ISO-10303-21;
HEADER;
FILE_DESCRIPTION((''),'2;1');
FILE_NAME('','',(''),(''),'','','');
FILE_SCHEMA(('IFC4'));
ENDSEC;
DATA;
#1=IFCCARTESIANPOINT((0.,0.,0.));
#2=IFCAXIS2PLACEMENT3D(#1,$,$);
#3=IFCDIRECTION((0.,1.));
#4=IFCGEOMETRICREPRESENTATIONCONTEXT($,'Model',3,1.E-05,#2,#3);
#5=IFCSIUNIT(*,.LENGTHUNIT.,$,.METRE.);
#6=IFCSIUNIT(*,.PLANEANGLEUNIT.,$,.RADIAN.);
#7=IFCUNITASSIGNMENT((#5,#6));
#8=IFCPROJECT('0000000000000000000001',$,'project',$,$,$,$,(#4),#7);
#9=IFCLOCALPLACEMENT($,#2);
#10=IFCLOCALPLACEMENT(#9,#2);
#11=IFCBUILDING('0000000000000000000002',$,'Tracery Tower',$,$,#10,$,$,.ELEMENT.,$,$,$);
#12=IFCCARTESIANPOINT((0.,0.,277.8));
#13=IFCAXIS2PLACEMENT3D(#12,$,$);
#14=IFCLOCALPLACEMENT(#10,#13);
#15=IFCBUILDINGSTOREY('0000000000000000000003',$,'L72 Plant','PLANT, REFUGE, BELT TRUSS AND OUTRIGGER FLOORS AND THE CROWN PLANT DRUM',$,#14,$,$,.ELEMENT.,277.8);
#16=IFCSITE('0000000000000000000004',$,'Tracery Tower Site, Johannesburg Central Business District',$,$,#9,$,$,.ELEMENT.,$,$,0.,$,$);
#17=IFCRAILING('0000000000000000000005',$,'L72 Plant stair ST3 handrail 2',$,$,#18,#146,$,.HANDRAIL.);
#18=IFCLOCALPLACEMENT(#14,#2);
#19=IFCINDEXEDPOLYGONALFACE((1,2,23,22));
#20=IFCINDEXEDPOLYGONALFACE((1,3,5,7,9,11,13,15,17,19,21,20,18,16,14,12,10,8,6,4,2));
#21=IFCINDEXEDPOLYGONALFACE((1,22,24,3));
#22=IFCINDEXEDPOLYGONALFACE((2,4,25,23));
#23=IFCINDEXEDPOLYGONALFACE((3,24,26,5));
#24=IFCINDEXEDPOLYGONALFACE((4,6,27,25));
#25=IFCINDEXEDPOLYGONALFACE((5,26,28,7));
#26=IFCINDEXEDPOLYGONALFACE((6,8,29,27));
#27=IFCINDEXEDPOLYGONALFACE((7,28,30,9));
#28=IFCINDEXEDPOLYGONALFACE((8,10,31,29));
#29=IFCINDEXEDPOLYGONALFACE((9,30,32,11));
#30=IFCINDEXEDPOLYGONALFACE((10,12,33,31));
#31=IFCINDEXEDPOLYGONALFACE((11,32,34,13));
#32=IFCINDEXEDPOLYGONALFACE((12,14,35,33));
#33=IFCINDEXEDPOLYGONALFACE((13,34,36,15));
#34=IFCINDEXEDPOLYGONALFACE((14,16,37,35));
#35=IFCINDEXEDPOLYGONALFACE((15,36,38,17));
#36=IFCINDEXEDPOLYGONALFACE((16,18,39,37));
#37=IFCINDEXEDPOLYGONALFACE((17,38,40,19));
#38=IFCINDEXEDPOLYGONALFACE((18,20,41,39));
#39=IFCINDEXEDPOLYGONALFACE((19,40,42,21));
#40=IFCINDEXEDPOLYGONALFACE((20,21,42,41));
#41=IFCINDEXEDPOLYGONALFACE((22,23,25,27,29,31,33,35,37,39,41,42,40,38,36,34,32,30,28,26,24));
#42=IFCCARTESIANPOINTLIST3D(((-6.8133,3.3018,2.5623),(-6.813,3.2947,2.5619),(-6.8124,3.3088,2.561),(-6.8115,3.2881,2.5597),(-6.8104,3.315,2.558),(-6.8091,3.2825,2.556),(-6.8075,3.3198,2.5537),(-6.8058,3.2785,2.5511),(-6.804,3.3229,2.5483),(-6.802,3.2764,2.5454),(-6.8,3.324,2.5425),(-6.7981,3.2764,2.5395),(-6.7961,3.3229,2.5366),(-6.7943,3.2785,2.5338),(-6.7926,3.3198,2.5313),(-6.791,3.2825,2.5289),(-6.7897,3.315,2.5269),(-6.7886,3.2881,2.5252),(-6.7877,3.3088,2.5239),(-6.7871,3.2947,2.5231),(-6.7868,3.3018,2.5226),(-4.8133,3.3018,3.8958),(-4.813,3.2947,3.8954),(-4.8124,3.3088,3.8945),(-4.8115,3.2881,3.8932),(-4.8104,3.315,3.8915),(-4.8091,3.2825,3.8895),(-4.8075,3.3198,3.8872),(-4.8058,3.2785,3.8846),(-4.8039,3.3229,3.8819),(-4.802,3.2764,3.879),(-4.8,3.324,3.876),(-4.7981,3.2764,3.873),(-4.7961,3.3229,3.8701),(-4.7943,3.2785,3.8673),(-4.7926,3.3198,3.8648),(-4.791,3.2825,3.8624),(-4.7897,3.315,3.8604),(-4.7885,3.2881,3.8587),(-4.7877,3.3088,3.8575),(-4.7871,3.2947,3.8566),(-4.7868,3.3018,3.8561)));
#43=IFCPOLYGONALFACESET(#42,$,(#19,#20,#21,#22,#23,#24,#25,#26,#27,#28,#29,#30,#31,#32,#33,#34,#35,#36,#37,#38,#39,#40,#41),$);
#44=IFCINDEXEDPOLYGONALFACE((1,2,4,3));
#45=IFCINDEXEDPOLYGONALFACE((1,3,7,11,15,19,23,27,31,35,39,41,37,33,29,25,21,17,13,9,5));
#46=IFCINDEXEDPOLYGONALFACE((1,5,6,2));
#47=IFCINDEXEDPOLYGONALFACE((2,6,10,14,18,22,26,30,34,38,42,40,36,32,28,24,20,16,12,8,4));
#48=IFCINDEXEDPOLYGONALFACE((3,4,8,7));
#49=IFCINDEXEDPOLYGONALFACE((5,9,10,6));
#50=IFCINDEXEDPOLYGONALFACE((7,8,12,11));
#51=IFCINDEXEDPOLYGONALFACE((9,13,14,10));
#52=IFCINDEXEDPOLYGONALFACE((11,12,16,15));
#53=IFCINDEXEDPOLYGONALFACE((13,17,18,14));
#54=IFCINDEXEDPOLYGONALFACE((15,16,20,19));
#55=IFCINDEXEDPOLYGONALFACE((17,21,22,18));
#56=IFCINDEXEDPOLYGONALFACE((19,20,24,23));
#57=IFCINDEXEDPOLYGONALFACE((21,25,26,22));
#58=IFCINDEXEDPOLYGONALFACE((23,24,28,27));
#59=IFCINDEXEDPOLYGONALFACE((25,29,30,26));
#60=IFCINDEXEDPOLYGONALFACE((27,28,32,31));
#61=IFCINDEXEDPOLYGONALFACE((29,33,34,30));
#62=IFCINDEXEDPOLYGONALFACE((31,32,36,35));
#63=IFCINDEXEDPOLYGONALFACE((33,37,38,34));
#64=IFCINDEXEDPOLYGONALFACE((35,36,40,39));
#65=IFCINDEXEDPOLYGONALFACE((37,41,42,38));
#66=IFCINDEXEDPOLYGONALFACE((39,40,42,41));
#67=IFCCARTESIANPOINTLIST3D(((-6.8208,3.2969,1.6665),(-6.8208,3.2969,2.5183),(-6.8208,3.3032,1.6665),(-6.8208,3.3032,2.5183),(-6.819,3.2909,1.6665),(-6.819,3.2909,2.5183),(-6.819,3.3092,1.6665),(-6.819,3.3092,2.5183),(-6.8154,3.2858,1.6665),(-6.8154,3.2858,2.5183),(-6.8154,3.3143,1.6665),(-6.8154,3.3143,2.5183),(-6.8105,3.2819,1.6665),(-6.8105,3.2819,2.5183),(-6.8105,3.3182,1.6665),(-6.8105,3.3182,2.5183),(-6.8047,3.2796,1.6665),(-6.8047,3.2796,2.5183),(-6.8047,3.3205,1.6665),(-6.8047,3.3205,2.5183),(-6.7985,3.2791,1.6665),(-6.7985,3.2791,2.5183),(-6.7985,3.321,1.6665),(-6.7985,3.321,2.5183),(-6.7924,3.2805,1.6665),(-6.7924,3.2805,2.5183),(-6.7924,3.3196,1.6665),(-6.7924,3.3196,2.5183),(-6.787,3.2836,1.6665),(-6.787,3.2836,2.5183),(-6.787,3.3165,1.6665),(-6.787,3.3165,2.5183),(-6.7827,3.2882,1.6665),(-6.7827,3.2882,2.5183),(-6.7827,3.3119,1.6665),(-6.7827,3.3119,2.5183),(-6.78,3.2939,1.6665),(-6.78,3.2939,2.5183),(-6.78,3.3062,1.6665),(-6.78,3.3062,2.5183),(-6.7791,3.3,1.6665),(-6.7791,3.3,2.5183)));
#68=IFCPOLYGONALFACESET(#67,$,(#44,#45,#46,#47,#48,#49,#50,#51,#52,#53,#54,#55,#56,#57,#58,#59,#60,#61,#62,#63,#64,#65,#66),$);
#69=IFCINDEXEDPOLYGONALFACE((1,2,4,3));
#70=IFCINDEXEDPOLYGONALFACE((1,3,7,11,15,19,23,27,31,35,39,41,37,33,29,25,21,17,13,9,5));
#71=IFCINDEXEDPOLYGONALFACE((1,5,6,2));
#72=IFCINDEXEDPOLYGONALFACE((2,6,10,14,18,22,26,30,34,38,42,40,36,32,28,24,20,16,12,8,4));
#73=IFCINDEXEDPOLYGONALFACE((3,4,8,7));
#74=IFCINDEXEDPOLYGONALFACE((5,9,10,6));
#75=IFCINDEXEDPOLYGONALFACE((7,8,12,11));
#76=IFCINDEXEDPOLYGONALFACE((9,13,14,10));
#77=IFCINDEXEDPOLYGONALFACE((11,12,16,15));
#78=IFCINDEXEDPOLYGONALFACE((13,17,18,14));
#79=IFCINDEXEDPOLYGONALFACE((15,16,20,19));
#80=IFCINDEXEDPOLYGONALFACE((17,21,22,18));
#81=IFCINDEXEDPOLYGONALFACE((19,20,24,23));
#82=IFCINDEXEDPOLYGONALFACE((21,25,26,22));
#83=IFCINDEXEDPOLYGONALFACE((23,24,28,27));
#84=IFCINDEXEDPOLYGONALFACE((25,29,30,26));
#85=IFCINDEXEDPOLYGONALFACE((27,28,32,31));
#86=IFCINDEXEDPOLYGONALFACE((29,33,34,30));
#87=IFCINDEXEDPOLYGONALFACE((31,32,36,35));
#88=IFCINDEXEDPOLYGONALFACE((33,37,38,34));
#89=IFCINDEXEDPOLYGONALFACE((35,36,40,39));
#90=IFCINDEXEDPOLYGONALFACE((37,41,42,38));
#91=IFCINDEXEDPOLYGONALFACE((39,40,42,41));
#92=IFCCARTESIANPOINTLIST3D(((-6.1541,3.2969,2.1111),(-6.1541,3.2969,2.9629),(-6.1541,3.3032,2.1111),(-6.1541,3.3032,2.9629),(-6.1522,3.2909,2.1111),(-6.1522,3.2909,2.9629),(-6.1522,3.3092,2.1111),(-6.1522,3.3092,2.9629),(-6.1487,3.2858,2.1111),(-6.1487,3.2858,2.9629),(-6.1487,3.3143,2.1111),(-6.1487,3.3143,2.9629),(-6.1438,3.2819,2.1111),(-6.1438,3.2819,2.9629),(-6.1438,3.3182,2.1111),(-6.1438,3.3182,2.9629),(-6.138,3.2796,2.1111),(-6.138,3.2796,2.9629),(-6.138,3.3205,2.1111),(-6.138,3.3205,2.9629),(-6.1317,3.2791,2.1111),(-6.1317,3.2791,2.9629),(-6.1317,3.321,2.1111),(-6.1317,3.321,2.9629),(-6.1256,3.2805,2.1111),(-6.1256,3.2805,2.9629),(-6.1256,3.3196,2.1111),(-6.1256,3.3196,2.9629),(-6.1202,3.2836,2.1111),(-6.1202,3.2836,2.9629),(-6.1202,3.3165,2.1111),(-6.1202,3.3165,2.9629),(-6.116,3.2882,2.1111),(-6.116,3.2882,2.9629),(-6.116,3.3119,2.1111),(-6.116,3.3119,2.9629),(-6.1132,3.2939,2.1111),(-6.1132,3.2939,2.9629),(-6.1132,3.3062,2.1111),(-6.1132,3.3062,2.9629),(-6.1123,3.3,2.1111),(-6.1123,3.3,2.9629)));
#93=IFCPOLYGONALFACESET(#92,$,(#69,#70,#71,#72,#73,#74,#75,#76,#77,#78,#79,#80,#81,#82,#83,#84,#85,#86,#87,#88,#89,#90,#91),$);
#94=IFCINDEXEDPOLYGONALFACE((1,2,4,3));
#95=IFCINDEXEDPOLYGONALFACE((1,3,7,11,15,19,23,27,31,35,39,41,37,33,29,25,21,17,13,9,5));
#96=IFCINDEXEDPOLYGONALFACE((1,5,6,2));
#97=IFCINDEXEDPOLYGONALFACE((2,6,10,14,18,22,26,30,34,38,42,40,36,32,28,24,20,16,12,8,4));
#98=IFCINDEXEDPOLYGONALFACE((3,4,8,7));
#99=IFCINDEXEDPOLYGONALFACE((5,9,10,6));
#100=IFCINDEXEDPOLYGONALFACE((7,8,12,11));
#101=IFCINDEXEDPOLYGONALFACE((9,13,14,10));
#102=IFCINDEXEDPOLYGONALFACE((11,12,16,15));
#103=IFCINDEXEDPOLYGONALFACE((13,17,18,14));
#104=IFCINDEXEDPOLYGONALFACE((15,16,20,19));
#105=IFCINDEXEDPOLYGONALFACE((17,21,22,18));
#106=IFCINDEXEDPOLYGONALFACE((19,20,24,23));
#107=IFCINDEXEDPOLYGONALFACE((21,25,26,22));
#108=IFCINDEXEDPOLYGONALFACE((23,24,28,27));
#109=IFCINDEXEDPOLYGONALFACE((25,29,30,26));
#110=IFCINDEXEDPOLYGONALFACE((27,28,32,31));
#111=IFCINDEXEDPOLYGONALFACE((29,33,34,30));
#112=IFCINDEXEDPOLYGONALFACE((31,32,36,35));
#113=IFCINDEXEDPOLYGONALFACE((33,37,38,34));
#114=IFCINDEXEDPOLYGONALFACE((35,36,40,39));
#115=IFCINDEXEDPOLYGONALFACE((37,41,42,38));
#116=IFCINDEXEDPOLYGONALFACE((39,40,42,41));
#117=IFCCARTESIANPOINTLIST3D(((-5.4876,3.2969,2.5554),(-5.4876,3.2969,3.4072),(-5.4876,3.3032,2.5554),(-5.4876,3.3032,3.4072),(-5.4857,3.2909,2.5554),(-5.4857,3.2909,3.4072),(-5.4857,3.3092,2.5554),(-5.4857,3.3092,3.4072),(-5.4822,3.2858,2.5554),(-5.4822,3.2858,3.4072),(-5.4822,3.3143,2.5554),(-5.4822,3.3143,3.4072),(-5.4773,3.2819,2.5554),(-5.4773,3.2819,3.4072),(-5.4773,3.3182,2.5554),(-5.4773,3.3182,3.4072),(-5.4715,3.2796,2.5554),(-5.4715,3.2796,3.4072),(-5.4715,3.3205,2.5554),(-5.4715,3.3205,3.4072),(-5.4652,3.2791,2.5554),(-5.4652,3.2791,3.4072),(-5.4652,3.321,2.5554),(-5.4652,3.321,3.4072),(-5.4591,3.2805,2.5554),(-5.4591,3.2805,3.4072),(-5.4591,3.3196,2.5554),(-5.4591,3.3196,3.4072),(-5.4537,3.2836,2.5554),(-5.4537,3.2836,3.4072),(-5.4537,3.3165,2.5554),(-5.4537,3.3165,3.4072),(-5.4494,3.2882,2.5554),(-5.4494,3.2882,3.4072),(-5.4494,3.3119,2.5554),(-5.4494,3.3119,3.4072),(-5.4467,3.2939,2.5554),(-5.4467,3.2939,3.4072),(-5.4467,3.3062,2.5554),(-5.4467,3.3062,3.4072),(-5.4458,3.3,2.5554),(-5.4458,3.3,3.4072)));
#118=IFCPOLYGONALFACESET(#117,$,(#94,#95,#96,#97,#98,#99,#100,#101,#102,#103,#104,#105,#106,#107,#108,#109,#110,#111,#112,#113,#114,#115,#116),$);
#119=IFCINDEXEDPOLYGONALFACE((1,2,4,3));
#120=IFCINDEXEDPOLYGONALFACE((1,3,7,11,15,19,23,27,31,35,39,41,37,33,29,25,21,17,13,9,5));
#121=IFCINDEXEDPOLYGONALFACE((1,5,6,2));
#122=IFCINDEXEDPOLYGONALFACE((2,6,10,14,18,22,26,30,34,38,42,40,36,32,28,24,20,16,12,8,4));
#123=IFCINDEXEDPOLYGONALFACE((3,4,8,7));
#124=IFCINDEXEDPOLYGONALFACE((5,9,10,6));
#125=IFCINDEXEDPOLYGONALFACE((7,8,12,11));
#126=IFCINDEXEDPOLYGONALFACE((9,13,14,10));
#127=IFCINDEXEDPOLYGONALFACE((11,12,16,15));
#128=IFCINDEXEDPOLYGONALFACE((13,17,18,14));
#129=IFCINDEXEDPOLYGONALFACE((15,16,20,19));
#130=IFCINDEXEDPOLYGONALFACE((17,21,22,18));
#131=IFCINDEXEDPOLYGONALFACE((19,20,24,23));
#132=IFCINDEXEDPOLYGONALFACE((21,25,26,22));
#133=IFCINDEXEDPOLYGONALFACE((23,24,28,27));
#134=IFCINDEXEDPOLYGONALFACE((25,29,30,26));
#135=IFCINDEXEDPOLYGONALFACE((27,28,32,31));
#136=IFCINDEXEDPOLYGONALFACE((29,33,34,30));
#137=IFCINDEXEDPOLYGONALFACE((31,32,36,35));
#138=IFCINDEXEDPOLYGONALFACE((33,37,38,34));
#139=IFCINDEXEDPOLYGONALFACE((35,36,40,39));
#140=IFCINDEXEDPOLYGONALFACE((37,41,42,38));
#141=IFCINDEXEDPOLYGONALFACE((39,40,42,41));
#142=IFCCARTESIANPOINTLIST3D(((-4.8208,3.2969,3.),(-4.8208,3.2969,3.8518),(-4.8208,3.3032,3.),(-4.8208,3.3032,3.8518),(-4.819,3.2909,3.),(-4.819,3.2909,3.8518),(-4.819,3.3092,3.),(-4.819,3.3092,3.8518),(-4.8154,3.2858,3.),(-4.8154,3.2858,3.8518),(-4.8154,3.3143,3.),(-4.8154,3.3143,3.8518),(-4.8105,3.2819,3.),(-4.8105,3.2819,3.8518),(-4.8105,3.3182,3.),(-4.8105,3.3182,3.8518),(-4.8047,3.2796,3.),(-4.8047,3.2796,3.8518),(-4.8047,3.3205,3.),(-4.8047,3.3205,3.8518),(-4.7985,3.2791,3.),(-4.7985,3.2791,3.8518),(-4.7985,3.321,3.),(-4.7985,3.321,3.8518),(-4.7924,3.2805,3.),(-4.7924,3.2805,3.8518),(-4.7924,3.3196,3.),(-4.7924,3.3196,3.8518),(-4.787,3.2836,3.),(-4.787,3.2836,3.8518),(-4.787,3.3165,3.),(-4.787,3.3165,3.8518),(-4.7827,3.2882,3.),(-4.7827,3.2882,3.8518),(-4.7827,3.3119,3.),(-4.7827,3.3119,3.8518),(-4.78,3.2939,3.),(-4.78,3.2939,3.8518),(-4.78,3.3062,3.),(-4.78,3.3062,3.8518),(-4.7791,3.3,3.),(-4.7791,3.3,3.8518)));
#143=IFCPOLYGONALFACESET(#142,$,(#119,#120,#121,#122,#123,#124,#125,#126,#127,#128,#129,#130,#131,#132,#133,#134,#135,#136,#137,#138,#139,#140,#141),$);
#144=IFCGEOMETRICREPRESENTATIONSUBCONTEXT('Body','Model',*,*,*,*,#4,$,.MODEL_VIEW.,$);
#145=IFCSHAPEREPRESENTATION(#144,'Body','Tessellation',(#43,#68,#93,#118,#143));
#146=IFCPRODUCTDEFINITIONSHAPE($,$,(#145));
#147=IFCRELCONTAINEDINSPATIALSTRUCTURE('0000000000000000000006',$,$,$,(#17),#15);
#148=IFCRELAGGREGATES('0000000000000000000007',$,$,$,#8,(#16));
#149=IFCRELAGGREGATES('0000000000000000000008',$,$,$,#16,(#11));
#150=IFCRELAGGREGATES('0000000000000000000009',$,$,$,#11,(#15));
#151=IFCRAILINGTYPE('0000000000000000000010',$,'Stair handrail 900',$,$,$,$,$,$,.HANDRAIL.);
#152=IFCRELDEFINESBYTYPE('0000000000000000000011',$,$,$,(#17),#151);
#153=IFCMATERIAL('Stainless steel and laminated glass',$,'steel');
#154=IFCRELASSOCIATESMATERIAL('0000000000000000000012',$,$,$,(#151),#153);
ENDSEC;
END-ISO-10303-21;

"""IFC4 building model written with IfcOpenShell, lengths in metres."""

from ifc_helpers import new_model, si_unit, direction, frame, origin, origin_2d, place, context, subcontext, project, spatial, circle, extrude, material, type_object, element, save


model = new_model("IFC4")

# Units and contexts
model_context = context("Model", 3, precision=1e-05, world=origin(), true_north=direction((0.0, 1.0)))
body_context = subcontext(model_context, "Body", "Model", "MODEL_VIEW")
ifc_project = project(units=[si_unit("LENGTHUNIT", "METRE"), si_unit("PLANEANGLEUNIT", "RADIAN")], contexts=[model_context])

# Site, building, storey
site_placement = place(None, origin())
site = spatial("IfcSite", under=ifc_project, at=site_placement, Name="Tracery Tower Site, Johannesburg Central Business District", CompositionType="ELEMENT", RefElevation=0.0)
building_placement = place(site_placement, origin())
building = spatial("IfcBuilding", under=site, at=building_placement, Name="Tracery Tower", CompositionType="ELEMENT")
storey_placement = place(building_placement, frame((0.0, 0.0, 277.8)))
storey = spatial("IfcBuildingStorey", under=building, at=storey_placement, Name="L72 Plant", Description="PLANT, REFUGE, BELT TRUSS AND OUTRIGGER FLOORS AND THE CROWN PLANT DRUM", CompositionType="ELEMENT", Elevation=277.8)

# Railing
ifc_material_1 = material(Name="Stainless steel and laminated glass", Category="steel")
railing_type_1 = type_object("IfcRailingType", Name="Stair handrail 900", PredefinedType="HANDRAIL", material=ifc_material_1)
railing_1_placement = place(storey_placement, frame((-6.8, 3.3, 1.6665)))
element("IfcRailing", 1, at=railing_1_placement, inside=storey, type_object=railing_type_1, Name="L72 Plant stair ST3 handrail 2", PredefinedType="HANDRAIL", context=body_context, shape_type="SweptSolid", body=[
    extrude(circle(Radius=0.0239, at=origin_2d()), frame((0.0, 0.0, 0.876), z_axis=(0.832019, 0.0, 0.554747), x_axis=(0.0, 1.0, 0.0)), (0.0, 0.0, 1.0), 2.4038),
    extrude(circle(Radius=0.021, at=origin_2d()), origin(), (0.0, 0.0, 1.0), 0.8518),
    extrude(circle(Radius=0.021, at=origin_2d()), frame((0.6667, 0.0, 0.4446)), (0.0, 0.0, 1.0), 0.8518),
    extrude(circle(Radius=0.021, at=origin_2d()), frame((1.3333, 0.0, 0.8889)), (0.0, 0.0, 1.0), 0.8518),
    extrude(circle(Radius=0.021, at=origin_2d()), frame((2.0, 0.0, 1.3335)), (0.0, 0.0, 1.0), 0.8518),
])

save(model, "model.ifc")
